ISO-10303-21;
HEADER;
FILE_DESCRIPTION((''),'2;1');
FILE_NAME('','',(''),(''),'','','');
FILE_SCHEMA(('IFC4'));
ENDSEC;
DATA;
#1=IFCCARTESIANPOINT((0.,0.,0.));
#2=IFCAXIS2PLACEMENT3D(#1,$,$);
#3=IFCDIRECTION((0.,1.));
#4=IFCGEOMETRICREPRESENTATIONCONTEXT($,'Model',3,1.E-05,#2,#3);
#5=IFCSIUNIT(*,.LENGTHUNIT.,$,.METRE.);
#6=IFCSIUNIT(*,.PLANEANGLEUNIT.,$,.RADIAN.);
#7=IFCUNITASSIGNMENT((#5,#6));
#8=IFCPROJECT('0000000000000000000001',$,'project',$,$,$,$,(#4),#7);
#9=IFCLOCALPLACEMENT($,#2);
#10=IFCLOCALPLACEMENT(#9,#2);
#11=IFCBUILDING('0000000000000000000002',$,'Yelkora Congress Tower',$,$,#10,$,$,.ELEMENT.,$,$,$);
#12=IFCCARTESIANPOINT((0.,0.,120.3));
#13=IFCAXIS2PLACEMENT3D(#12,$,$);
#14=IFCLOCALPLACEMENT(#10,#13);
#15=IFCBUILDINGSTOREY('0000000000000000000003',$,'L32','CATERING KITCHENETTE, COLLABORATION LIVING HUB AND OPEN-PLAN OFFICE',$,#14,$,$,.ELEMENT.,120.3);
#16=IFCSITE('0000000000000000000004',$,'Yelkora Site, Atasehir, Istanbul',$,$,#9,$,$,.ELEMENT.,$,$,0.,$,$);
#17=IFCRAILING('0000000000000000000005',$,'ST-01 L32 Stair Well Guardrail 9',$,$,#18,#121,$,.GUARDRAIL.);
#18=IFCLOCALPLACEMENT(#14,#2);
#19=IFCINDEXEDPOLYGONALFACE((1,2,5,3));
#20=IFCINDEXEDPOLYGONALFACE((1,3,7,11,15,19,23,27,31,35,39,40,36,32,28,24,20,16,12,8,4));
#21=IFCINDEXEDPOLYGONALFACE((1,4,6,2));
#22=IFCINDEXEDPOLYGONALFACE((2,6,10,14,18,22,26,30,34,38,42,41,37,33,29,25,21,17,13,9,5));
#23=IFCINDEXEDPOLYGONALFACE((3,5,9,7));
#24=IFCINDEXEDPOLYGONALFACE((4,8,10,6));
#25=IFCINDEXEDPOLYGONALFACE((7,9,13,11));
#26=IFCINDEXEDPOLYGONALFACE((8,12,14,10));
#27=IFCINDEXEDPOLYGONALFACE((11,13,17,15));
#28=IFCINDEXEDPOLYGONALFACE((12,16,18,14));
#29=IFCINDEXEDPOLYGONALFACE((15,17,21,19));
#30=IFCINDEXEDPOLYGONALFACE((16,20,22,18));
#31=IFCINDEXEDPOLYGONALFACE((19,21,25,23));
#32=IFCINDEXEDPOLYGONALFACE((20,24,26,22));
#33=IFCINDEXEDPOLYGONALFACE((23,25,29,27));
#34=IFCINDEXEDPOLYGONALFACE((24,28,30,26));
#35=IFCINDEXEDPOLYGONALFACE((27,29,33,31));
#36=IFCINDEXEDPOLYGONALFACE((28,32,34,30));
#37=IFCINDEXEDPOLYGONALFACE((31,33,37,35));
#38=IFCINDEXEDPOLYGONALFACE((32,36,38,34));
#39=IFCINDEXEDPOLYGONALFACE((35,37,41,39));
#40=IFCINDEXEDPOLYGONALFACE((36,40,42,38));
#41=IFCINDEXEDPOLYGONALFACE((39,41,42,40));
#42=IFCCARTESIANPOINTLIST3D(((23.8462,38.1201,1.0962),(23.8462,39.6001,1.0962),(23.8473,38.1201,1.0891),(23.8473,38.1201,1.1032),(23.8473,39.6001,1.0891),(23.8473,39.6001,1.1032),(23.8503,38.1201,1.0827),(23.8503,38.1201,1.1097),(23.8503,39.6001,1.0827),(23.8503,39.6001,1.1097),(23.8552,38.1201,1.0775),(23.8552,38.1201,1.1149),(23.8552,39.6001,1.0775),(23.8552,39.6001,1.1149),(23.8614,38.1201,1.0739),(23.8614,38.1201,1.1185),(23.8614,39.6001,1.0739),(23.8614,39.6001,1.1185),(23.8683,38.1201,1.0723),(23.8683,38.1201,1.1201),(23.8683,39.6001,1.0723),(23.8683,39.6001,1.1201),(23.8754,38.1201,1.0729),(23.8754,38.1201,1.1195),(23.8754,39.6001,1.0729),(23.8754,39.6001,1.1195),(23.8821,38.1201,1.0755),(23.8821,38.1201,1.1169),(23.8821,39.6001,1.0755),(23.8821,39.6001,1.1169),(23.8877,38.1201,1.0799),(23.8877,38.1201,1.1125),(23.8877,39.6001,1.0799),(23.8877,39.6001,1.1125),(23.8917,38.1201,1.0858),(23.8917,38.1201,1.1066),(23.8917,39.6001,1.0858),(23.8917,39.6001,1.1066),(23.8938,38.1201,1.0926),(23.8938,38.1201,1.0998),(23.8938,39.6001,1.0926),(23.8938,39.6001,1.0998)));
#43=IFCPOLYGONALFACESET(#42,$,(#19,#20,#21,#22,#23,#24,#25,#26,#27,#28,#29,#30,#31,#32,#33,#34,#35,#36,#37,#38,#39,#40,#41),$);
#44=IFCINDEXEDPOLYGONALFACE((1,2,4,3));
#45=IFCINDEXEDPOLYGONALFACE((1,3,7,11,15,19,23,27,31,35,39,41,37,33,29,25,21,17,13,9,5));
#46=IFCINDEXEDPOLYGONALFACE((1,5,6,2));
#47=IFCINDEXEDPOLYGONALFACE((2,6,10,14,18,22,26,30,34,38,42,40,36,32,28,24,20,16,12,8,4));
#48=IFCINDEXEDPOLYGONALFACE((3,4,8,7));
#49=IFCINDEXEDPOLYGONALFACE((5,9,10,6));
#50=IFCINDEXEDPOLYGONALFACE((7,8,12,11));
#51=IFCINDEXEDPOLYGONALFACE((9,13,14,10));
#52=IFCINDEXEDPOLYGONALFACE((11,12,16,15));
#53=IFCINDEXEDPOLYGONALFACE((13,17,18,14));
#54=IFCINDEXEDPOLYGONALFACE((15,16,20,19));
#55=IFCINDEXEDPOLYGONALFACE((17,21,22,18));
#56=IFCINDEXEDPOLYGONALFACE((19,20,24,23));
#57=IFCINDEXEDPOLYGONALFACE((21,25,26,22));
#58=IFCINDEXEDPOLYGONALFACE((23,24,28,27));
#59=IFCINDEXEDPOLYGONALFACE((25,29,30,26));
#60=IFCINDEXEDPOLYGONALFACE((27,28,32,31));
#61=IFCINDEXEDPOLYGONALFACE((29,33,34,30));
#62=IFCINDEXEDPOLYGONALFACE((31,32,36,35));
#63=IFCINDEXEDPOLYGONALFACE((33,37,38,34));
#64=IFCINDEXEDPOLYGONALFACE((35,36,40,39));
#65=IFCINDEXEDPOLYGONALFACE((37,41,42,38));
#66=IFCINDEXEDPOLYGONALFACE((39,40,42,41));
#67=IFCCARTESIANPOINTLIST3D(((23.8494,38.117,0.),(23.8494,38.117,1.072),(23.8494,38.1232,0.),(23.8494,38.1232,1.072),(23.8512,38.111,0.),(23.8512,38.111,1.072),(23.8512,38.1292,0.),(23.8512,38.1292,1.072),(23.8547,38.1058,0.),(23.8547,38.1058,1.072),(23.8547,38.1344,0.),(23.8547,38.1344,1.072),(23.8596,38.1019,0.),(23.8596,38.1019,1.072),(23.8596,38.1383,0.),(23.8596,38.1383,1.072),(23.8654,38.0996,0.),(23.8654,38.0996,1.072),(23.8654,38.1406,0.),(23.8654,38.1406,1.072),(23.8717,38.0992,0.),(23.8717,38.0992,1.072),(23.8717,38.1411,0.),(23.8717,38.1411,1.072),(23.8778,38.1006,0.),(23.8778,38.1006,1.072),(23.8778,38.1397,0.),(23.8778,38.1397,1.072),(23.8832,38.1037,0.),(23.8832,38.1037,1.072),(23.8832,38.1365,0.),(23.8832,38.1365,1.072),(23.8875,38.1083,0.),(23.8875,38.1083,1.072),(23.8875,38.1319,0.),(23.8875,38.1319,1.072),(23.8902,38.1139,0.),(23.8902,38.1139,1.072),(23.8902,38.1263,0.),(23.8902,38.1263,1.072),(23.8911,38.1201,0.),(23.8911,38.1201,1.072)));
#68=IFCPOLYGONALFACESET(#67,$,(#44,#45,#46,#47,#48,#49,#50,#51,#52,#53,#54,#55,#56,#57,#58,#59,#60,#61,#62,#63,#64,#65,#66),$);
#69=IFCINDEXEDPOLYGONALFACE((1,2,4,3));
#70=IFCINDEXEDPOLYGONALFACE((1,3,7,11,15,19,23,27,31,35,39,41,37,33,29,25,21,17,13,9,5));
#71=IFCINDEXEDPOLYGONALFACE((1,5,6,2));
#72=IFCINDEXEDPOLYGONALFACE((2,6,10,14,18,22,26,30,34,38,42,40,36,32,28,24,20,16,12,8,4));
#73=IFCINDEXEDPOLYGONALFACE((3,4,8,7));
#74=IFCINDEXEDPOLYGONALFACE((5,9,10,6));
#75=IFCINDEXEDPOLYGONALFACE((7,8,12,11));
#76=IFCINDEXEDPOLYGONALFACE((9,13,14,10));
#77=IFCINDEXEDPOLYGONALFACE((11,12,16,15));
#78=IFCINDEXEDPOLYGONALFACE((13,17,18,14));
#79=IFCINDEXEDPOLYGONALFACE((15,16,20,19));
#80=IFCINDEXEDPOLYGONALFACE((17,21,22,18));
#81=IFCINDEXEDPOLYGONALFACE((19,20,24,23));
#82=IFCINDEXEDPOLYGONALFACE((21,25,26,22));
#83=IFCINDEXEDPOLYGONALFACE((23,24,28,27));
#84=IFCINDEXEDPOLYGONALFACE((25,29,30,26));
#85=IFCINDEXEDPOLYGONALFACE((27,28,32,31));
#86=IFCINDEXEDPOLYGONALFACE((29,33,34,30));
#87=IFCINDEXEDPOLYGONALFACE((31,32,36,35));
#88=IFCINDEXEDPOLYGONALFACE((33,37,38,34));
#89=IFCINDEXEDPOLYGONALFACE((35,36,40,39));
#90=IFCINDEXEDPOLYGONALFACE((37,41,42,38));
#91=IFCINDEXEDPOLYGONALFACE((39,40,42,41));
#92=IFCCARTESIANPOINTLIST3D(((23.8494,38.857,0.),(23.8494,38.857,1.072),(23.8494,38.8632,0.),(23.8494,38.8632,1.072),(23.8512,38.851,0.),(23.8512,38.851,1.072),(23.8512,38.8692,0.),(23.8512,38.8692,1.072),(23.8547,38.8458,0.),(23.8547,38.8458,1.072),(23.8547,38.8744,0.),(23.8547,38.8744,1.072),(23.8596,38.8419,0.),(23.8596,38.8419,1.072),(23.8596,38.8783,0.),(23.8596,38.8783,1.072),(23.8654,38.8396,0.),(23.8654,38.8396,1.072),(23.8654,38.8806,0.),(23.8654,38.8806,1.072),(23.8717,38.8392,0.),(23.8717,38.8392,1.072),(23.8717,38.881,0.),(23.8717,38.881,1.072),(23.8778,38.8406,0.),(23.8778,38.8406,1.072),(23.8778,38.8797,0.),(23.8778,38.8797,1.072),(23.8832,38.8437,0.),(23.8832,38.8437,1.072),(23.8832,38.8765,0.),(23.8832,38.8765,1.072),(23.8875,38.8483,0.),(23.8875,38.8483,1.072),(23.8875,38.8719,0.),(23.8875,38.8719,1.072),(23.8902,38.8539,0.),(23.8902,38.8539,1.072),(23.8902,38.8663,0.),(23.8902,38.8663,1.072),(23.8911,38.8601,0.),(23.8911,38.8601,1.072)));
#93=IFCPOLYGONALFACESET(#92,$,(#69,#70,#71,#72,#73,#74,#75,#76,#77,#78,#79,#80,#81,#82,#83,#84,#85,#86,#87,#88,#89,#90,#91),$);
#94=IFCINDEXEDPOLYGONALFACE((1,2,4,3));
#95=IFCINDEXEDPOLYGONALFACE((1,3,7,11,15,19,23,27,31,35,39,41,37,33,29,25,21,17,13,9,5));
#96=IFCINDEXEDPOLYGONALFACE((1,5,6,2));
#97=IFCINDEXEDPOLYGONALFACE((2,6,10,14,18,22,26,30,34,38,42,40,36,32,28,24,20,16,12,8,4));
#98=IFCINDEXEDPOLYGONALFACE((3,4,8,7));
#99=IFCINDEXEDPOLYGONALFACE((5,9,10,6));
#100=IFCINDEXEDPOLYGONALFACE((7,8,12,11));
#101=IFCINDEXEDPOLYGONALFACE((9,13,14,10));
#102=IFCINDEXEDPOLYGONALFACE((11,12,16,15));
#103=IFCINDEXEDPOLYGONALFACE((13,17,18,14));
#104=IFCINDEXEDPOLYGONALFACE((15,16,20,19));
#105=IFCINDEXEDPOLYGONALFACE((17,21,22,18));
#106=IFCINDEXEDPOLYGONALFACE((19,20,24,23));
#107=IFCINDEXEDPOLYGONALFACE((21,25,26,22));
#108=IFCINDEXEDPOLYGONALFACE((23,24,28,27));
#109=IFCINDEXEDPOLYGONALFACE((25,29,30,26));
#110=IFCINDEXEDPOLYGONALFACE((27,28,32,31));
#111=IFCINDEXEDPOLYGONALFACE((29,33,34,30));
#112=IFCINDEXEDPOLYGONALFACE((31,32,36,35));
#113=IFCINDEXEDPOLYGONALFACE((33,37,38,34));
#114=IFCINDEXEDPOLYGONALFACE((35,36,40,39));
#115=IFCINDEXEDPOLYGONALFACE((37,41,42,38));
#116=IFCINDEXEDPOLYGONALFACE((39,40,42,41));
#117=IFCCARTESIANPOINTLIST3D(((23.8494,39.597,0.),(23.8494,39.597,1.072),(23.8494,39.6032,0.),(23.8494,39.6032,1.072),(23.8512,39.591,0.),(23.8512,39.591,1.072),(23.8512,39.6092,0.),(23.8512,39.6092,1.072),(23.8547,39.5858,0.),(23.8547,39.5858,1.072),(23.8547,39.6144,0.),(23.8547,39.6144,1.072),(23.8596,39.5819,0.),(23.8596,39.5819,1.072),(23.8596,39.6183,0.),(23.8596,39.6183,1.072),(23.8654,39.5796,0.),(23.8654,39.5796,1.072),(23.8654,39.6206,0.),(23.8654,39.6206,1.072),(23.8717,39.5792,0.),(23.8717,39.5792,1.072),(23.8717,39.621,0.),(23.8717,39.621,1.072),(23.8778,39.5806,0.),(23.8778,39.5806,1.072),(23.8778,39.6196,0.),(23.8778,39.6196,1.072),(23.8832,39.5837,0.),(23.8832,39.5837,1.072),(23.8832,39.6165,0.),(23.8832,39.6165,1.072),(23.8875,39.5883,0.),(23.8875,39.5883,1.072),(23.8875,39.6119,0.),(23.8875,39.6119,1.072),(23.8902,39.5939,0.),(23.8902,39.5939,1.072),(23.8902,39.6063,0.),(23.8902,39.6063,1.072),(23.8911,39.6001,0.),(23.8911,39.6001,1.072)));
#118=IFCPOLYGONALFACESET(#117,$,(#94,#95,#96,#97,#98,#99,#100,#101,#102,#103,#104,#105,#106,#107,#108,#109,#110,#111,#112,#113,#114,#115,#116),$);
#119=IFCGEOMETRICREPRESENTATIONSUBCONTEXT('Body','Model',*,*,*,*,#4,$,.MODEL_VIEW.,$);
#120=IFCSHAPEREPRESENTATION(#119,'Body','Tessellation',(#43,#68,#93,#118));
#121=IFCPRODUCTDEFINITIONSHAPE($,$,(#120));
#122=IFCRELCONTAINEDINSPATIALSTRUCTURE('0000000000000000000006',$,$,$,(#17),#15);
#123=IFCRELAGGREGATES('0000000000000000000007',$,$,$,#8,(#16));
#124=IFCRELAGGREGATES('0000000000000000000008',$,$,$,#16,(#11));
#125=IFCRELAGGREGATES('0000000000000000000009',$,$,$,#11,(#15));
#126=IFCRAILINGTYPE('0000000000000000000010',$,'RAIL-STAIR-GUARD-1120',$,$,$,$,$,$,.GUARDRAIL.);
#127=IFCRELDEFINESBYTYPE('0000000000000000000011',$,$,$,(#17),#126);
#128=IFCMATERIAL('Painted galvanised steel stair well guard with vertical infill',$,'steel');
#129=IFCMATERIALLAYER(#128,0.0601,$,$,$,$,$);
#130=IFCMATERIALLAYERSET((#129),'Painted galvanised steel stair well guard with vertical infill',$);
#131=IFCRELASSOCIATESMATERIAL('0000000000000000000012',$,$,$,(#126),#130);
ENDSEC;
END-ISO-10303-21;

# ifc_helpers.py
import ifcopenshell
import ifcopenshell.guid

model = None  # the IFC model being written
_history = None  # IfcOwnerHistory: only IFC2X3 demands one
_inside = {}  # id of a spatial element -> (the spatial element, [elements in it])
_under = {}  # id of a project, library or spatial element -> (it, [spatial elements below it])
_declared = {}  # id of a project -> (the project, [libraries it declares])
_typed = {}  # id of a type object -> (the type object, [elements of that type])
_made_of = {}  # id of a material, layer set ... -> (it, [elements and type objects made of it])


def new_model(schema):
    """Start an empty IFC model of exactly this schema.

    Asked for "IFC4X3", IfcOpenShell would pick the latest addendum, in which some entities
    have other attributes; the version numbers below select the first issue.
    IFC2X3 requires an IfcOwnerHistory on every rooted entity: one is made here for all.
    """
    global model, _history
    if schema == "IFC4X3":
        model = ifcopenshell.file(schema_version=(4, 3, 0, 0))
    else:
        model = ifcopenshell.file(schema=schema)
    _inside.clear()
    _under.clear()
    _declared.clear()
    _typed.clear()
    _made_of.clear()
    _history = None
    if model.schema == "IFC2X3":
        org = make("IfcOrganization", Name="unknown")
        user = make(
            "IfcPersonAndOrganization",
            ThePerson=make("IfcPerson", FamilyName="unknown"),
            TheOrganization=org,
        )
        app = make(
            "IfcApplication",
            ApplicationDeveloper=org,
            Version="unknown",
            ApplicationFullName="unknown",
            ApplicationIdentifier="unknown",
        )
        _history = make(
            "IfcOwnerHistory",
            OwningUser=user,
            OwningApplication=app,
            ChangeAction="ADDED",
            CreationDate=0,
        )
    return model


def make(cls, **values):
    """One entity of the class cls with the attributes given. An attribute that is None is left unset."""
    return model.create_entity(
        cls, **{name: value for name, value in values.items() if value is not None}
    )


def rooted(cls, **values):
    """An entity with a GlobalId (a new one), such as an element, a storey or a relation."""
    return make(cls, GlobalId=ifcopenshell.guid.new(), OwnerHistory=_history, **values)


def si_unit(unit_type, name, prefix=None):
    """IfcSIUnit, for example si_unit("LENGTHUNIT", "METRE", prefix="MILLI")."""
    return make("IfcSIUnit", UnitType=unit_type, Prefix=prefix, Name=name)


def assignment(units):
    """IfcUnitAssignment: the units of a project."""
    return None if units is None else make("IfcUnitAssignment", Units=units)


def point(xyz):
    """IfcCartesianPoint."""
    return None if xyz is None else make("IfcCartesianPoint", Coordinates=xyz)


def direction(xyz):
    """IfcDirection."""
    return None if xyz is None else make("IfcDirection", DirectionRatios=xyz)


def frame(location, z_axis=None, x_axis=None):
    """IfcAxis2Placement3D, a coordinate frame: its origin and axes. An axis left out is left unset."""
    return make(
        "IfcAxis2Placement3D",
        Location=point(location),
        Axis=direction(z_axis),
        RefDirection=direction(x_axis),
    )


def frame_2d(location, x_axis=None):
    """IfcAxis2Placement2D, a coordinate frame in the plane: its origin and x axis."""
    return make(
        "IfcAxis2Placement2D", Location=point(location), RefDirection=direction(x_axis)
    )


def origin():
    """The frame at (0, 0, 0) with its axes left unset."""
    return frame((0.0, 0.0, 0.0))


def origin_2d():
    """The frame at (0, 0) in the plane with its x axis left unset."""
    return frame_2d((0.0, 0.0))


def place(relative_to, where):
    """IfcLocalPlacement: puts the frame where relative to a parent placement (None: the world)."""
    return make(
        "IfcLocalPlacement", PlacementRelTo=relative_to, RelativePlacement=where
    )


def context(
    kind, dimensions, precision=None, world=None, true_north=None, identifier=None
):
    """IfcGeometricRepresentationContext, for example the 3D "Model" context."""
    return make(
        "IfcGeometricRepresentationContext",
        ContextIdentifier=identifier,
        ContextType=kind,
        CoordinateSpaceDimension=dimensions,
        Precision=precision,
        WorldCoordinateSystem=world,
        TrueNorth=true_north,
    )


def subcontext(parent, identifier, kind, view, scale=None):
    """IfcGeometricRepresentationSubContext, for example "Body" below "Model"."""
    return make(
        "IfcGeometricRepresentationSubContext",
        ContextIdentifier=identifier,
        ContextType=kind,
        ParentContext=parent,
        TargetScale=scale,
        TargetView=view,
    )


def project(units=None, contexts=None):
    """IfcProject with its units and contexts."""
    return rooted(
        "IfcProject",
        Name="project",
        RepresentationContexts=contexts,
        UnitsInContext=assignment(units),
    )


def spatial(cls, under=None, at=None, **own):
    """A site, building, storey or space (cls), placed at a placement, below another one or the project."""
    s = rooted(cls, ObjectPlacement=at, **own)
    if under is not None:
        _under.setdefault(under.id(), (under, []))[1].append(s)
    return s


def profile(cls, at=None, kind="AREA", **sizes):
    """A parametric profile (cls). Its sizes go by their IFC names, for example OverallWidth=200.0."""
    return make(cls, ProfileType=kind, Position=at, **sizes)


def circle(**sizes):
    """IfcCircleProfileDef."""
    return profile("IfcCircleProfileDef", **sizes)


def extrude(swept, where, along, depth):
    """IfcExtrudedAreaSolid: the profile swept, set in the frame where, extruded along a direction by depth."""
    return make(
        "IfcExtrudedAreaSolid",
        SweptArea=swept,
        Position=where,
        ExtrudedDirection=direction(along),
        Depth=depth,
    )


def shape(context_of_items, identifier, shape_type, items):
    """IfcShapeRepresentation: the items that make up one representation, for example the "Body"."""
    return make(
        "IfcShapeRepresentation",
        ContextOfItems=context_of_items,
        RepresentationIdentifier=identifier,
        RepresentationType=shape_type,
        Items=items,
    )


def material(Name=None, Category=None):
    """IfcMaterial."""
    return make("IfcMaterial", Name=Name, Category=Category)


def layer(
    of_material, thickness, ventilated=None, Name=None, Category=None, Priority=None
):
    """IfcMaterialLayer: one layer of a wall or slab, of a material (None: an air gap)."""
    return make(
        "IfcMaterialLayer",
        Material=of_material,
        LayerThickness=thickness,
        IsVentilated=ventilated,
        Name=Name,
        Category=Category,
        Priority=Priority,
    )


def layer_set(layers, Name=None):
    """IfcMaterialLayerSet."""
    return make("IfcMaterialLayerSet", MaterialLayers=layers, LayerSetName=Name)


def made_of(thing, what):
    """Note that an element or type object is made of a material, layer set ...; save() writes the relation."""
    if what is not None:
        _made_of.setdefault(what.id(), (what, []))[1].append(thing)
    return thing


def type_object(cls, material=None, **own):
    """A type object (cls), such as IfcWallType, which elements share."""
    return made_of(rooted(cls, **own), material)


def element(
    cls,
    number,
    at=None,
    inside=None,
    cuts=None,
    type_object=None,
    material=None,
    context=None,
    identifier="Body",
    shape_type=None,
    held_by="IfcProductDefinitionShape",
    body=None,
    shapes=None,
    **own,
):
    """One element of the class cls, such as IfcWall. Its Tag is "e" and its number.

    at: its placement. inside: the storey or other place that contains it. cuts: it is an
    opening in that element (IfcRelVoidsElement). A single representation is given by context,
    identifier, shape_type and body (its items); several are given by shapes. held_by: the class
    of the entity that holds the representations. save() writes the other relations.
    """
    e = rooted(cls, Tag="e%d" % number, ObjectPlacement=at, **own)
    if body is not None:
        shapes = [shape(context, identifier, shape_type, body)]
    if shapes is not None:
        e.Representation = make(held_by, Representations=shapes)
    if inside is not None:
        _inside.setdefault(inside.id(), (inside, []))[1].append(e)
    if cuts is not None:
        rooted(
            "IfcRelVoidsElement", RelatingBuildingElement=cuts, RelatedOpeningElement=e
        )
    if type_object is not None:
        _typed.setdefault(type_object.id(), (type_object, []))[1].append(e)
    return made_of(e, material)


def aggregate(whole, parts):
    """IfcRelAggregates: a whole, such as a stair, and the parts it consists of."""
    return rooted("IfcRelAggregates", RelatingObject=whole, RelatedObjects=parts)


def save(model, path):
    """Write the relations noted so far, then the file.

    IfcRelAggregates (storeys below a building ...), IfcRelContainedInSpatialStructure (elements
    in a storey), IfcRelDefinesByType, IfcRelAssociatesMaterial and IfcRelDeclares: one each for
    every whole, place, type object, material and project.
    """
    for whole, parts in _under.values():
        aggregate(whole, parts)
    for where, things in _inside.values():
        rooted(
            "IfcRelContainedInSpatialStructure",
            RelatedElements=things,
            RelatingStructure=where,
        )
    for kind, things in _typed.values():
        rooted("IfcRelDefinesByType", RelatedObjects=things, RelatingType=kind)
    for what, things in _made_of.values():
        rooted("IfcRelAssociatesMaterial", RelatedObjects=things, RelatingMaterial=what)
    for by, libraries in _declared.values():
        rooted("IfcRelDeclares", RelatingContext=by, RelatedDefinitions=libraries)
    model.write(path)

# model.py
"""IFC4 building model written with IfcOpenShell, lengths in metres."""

from ifc_helpers import new_model, si_unit, direction, frame, origin, origin_2d, place, context, subcontext, project, spatial, circle, extrude, material, layer, layer_set, type_object, element, save


model = new_model("IFC4")

# Units and contexts
model_context = context("Model", 3, precision=1e-05, world=origin(), true_north=direction((0.0, 1.0)))
body_context = subcontext(model_context, "Body", "Model", "MODEL_VIEW")
ifc_project = project(units=[si_unit("LENGTHUNIT", "METRE"), si_unit("PLANEANGLEUNIT", "RADIAN")], contexts=[model_context])

# Site, building, storey
site_placement = place(None, origin())
site = spatial("IfcSite", under=ifc_project, at=site_placement, Name="Yelkora Site, Atasehir, Istanbul", CompositionType="ELEMENT", RefElevation=0.0)
building_placement = place(site_placement, origin())
building = spatial("IfcBuilding", under=site, at=building_placement, Name="Yelkora Congress Tower", CompositionType="ELEMENT")
storey_placement = place(building_placement, frame((0.0, 0.0, 120.3)))
storey = spatial("IfcBuildingStorey", under=building, at=storey_placement, Name="L32", Description="CATERING KITCHENETTE, COLLABORATION LIVING HUB AND OPEN-PLAN OFFICE", CompositionType="ELEMENT", Elevation=120.3)

# Railing
ifc_material_1 = material(Name="Painted galvanised steel stair well guard with vertical infill", Category="steel")
ifc_layer_1 = layer(ifc_material_1, 0.0601)
ifc_layer_set_1 = layer_set([ifc_layer_1], Name="Painted galvanised steel stair well guard with vertical infill")
railing_type_1 = type_object("IfcRailingType", Name="RAIL-STAIR-GUARD-1120", PredefinedType="GUARDRAIL", material=ifc_layer_set_1)
railing_1_placement = place(storey_placement, frame((23.8701, 38.1201, 0.0)))
element("IfcRailing", 1, at=railing_1_placement, inside=storey, type_object=railing_type_1, Name="ST-01 L32 Stair Well Guardrail 9", PredefinedType="GUARDRAIL", context=body_context, shape_type="SweptSolid", body=[
    extrude(circle(Radius=0.0239, at=origin_2d()), frame((0.0, 0.0, 1.0962), z_axis=(0.0, 1.0, 0.0), x_axis=(-1.0, 0.0, 0.0)), (0.0, 0.0, 1.0), 1.48),
    extrude(circle(Radius=0.021, at=origin_2d()), origin(), (0.0, 0.0, 1.0), 1.072),
    extrude(circle(Radius=0.021, at=origin_2d()), frame((0.0, 0.74, 0.0)), (0.0, 0.0, 1.0), 1.072),
    extrude(circle(Radius=0.021, at=origin_2d()), frame((0.0, 1.48, 0.0)), (0.0, 0.0, 1.0), 1.072),
])

save(model, "model.ifc")
